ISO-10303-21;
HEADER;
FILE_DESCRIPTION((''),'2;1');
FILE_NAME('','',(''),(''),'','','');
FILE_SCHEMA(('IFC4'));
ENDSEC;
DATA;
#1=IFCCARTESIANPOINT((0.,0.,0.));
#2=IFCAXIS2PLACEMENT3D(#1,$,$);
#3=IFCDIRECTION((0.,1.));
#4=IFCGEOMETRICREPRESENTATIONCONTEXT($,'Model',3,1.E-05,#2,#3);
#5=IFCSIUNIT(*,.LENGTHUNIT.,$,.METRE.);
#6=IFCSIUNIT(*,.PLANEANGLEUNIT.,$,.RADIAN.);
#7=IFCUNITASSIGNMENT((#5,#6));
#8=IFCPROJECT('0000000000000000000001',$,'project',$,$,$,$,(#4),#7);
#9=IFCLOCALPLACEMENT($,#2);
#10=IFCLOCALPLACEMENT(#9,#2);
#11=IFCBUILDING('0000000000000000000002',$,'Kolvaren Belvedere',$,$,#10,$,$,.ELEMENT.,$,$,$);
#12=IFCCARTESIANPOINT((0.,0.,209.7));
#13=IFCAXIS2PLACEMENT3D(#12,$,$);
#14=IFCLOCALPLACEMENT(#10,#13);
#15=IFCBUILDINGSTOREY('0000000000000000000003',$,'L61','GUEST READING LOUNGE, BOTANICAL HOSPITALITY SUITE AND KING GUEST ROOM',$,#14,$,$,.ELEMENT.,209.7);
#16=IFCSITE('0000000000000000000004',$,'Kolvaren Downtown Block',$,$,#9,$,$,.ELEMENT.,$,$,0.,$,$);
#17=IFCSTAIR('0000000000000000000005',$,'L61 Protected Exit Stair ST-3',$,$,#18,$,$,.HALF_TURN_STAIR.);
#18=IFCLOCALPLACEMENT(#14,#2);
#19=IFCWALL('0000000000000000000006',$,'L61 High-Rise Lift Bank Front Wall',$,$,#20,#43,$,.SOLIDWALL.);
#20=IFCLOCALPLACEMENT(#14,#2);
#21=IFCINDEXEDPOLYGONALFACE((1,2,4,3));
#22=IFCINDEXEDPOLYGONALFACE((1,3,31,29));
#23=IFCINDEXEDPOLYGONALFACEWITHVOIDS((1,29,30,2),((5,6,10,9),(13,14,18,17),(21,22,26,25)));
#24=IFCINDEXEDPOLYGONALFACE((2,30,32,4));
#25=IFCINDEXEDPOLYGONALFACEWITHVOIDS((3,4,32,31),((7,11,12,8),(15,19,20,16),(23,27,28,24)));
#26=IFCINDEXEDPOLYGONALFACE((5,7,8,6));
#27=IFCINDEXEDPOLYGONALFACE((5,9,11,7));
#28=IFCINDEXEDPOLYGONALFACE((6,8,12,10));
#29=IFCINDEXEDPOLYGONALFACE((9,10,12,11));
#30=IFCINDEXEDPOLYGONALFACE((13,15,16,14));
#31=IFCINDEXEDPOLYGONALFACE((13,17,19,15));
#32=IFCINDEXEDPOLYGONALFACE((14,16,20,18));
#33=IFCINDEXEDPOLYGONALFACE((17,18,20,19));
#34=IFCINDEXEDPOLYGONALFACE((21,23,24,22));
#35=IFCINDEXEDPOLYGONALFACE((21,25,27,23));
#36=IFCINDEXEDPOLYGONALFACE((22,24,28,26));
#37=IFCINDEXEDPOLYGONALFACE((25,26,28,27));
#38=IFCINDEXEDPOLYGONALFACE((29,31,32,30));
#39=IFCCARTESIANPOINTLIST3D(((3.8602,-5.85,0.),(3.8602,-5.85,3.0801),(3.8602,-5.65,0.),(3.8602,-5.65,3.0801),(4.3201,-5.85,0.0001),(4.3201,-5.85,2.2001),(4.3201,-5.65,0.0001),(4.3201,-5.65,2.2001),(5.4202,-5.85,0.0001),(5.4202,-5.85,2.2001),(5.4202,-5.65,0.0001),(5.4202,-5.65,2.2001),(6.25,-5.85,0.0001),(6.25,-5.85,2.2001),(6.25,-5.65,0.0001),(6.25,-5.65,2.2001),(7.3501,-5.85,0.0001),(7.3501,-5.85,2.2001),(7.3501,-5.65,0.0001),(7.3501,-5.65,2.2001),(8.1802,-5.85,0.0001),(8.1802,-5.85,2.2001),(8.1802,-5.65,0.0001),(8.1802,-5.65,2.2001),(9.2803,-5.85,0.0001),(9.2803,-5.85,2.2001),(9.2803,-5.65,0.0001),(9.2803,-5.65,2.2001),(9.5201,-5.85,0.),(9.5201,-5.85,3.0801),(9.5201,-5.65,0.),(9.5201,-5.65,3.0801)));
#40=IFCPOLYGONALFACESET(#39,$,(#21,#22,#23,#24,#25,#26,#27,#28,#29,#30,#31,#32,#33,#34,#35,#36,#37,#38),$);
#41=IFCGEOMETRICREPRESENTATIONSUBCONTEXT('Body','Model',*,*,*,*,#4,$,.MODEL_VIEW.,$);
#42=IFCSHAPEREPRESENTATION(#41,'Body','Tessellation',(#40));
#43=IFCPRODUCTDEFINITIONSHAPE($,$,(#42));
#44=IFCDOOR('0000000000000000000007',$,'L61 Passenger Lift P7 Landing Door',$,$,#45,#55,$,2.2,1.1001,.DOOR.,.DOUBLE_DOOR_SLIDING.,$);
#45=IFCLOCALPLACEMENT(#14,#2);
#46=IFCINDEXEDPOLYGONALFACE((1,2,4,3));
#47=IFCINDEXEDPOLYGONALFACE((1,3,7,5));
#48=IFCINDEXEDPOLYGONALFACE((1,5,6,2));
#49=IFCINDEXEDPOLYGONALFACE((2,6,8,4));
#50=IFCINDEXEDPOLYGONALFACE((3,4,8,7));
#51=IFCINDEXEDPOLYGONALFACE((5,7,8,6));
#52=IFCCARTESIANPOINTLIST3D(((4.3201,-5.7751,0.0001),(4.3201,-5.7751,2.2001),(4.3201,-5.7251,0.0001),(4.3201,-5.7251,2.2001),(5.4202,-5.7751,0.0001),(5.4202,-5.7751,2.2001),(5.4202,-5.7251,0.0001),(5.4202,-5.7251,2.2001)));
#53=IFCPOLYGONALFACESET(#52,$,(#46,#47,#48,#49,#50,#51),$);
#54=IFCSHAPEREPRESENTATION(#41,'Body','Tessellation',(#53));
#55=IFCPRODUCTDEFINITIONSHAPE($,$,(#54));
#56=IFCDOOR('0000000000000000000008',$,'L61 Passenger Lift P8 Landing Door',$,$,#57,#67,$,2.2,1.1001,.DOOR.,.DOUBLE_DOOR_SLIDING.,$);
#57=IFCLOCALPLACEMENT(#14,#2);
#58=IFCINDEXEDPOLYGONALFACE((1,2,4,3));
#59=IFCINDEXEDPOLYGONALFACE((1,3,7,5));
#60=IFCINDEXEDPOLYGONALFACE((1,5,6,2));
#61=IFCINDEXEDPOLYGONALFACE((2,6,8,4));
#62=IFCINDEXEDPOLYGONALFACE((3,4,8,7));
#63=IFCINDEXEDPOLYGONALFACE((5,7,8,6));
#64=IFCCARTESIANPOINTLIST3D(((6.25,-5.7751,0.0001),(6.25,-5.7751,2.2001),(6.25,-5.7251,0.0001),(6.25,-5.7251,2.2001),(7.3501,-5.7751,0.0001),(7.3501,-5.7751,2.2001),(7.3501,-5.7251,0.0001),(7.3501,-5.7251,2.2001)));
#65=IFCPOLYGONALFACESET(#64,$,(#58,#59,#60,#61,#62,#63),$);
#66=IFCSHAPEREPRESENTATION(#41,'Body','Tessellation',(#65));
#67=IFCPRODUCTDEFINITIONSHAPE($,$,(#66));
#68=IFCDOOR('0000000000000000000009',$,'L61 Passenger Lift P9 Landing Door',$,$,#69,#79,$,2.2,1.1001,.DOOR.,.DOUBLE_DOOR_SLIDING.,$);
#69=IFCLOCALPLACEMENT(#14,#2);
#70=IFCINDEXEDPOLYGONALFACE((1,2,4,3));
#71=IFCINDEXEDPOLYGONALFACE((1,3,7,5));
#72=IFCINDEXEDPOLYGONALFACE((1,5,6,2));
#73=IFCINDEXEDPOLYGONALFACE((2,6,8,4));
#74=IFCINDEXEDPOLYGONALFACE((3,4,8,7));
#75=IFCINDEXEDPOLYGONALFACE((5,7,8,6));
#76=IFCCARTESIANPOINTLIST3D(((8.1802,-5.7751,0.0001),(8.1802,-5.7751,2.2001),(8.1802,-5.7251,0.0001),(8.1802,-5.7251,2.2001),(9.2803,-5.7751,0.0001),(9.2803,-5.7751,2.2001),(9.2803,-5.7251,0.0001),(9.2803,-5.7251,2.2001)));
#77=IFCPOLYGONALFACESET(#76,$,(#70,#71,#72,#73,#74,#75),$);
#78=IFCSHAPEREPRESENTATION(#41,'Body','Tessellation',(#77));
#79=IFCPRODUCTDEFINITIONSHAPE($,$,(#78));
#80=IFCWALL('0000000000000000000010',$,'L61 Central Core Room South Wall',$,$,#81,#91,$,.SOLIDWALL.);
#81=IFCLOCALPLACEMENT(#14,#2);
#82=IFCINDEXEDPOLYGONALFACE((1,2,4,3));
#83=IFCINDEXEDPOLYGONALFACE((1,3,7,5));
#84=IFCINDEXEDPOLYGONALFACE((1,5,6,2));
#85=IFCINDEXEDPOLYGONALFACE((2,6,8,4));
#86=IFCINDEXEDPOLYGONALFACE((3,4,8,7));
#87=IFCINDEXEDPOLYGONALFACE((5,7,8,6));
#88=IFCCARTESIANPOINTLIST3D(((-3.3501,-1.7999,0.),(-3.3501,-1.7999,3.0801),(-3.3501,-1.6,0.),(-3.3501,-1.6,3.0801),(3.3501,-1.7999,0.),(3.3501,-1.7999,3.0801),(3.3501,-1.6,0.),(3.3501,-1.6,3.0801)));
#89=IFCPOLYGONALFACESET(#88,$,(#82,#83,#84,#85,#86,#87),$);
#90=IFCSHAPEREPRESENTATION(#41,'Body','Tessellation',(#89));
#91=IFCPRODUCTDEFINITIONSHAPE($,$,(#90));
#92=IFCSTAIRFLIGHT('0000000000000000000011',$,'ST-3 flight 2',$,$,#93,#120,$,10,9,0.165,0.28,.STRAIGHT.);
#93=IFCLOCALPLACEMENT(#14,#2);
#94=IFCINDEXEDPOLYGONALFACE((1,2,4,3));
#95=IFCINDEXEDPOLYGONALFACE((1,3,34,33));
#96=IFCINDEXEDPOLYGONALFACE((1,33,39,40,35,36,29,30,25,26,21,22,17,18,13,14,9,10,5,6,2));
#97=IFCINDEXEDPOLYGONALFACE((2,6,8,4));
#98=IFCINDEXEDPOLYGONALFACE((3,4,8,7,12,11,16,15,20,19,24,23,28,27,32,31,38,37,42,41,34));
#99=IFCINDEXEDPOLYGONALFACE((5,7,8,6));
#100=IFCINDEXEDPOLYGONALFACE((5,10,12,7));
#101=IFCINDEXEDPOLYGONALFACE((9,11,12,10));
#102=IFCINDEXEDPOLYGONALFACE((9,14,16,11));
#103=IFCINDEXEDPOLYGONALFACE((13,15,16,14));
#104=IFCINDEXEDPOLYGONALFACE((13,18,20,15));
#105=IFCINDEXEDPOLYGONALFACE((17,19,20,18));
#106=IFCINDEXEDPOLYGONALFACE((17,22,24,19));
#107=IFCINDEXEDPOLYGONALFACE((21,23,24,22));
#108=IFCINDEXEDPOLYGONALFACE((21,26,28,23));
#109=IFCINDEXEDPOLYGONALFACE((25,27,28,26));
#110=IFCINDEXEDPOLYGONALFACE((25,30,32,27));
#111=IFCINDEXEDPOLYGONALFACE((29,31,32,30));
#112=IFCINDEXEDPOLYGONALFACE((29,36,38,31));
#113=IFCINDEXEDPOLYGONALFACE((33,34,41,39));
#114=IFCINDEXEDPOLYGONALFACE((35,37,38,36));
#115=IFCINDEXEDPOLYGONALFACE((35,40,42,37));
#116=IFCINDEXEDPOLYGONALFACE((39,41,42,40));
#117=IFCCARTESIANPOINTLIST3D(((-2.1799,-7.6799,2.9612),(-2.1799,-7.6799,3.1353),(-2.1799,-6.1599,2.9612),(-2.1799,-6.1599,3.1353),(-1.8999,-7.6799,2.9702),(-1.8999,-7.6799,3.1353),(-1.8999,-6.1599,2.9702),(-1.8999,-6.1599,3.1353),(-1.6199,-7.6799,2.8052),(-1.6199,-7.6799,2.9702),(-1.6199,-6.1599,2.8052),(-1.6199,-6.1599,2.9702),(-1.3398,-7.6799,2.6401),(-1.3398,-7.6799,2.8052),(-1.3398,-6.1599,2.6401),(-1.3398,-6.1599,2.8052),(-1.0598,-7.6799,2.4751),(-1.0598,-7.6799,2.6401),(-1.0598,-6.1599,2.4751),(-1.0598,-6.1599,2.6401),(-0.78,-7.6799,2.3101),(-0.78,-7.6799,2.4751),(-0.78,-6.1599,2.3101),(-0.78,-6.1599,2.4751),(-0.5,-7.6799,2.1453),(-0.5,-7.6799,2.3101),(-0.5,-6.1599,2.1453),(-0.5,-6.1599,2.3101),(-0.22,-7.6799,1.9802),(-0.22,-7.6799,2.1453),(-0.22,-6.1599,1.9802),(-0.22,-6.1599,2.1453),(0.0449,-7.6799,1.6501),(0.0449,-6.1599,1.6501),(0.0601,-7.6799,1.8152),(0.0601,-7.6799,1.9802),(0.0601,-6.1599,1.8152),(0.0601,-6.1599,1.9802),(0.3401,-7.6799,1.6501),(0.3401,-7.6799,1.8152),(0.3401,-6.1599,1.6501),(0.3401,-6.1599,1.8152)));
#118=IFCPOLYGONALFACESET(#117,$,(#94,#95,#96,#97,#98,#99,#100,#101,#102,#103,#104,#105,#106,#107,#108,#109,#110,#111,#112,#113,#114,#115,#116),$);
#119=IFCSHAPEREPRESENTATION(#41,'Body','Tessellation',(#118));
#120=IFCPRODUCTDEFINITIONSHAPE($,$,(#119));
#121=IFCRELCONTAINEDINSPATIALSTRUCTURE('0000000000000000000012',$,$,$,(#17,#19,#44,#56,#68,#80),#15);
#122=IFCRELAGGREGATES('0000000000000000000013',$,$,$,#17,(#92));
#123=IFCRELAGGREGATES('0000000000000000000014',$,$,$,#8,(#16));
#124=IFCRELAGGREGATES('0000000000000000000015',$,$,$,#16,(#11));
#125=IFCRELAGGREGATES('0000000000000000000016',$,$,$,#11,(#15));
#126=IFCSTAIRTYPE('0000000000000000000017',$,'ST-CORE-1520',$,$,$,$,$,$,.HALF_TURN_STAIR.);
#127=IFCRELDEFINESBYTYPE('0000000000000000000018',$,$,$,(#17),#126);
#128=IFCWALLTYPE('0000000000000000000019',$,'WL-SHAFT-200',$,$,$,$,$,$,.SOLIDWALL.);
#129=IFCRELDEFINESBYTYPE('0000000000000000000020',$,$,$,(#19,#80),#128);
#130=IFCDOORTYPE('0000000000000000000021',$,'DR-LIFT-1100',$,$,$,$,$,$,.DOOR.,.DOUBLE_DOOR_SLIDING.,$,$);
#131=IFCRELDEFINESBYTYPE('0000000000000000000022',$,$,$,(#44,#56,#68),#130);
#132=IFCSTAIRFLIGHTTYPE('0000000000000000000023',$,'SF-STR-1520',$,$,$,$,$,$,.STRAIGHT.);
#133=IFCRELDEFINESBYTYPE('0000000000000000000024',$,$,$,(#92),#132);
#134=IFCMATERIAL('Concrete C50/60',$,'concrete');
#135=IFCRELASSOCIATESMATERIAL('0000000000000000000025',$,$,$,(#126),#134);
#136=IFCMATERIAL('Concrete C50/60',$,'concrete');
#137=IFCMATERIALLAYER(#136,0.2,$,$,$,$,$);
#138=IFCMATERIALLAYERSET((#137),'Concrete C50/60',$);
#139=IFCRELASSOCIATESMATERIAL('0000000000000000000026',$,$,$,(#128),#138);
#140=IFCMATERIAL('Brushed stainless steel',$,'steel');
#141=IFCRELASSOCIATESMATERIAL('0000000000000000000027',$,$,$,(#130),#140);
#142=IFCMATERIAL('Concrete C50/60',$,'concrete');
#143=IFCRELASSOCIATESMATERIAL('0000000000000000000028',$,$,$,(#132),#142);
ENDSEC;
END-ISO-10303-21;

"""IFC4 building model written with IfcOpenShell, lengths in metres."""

from ifc_helpers import new_model, si_unit, direction, frame, frame_2d, origin, place, context, subcontext, project, spatial, polyline, rectangle, outline, extrude, material, layer, layer_set, type_object, element, fill, aggregate, save


model = new_model("IFC4")

# Units and contexts
model_context = context("Model", 3, precision=1e-05, world=origin(), true_north=direction((0.0, 1.0)))
body_context = subcontext(model_context, "Body", "Model", "MODEL_VIEW")
ifc_project = project(units=[si_unit("LENGTHUNIT", "METRE"), si_unit("PLANEANGLEUNIT", "RADIAN")], contexts=[model_context])

# Site, building, storey
site_placement = place(None, origin())
site = spatial("IfcSite", under=ifc_project, at=site_placement, Name="Kolvaren Downtown Block", CompositionType="ELEMENT", RefElevation=0.0)
building_placement = place(site_placement, origin())
building = spatial("IfcBuilding", under=site, at=building_placement, Name="Kolvaren Belvedere", CompositionType="ELEMENT")
storey_placement = place(building_placement, frame((0.0, 0.0, 209.7)))
storey = spatial("IfcBuildingStorey", under=building, at=storey_placement, Name="L61", Description="GUEST READING LOUNGE, BOTANICAL HOSPITALITY SUITE AND KING GUEST ROOM", CompositionType="ELEMENT", Elevation=209.7)

# Stair
ifc_material_1 = material(Name="Concrete C50/60", Category="concrete")
stair_type = type_object("IfcStairType", Name="ST-CORE-1520", PredefinedType="HALF_TURN_STAIR", material=ifc_material_1)
stair_1_placement = place(storey_placement, origin())
stair_1 = element("IfcStair", 1, at=stair_1_placement, inside=storey, type_object=stair_type, Name="L61 Protected Exit Stair ST-3", PredefinedType="HALF_TURN_STAIR")

# Shared definitions
ifc_material_2 = material(Name="Concrete C50/60", Category="concrete")
ifc_layer_1 = layer(ifc_material_2, 0.2)
ifc_layer_set_1 = layer_set([ifc_layer_1], Name="Concrete C50/60")
wall_type_1 = type_object("IfcWallType", Name="WL-SHAFT-200", PredefinedType="SOLIDWALL", material=ifc_layer_set_1)

# Wall, openings, doors
wall_1_placement = place(storey_placement, frame((3.8601, -5.75, 0.0), z_axis=(0.0, 0.0, 1.0), x_axis=(1.0, 0.0, 0.0)))
wall_1 = element("IfcWall", 2, at=wall_1_placement, inside=storey, type_object=wall_type_1, Name="L61 High-Rise Lift Bank Front Wall", PredefinedType="SOLIDWALL", context=body_context, shape_type="SweptSolid", body=[
    extrude(rectangle(XDim=5.6599, YDim=0.2, at=frame_2d((2.8301, 0.0))), origin(), (0.0, 0.0, 1.0), 3.0801),
])
opening_1_placement = place(wall_1_placement, frame((0.46, 0.0, 0.0)))
opening_1 = element("IfcOpeningElement", 3, at=opening_1_placement, cuts=wall_1, PredefinedType="OPENING", context=body_context, shape_type="SweptSolid", body=[
    extrude(rectangle(XDim=1.1001, YDim=2.2, at=frame_2d((0.55, 1.1001))), frame((0.0, 0.1099, 0.0), z_axis=(0.0, -1.0, 0.0), x_axis=(1.0, 0.0, 0.0)), (0.0, 0.0, 1.0), 0.22),
])
opening_2_placement = place(wall_1_placement, frame((2.3899, 0.0, 0.0)))
opening_2 = element("IfcOpeningElement", 4, at=opening_2_placement, cuts=wall_1, PredefinedType="OPENING", context=body_context, shape_type="SweptSolid", body=[
    extrude(rectangle(XDim=1.1001, YDim=2.2, at=frame_2d((0.55, 1.1001))), frame((0.0, 0.1099, 0.0), z_axis=(0.0, -1.0, 0.0), x_axis=(1.0, 0.0, 0.0)), (0.0, 0.0, 1.0), 0.22),
])
opening_3_placement = place(wall_1_placement, frame((4.3201, 0.0, 0.0)))
opening_3 = element("IfcOpeningElement", 5, at=opening_3_placement, cuts=wall_1, PredefinedType="OPENING", context=body_context, shape_type="SweptSolid", body=[
    extrude(rectangle(XDim=1.1001, YDim=2.2, at=frame_2d((0.55, 1.1001))), frame((0.0, 0.1099, 0.0), z_axis=(0.0, -1.0, 0.0), x_axis=(1.0, 0.0, 0.0)), (0.0, 0.0, 1.0), 0.22),
])
ifc_material_3 = material(Name="Brushed stainless steel", Category="steel")
door_type_1 = type_object("IfcDoorType", Name="DR-LIFT-1100", OperationType="DOUBLE_DOOR_SLIDING", PredefinedType="DOOR", material=ifc_material_3)
door_1_placement = place(opening_1_placement, origin())
door_1 = element("IfcDoor", 6, at=door_1_placement, inside=storey, type_object=door_type_1, Name="L61 Passenger Lift P7 Landing Door", OperationType="DOUBLE_DOOR_SLIDING", OverallHeight=2.2, OverallWidth=1.1001, PredefinedType="DOOR", context=body_context, shape_type="SweptSolid", body=[
    extrude(rectangle(XDim=1.1001, YDim=2.2, at=frame_2d((0.55, 1.1001))), frame((0.0, 0.0249, 0.0), z_axis=(0.0, -1.0, 0.0), x_axis=(1.0, 0.0, 0.0)), (0.0, 0.0, 1.0), 0.05),
])
fill(opening_1, door_1)
door_2_placement = place(opening_2_placement, origin())
door_2 = element("IfcDoor", 7, at=door_2_placement, inside=storey, type_object=door_type_1, Name="L61 Passenger Lift P8 Landing Door", OperationType="DOUBLE_DOOR_SLIDING", OverallHeight=2.2, OverallWidth=1.1001, PredefinedType="DOOR", context=body_context, shape_type="SweptSolid", body=[
    extrude(rectangle(XDim=1.1001, YDim=2.2, at=frame_2d((0.55, 1.1001))), frame((0.0, 0.0249, 0.0), z_axis=(0.0, -1.0, 0.0), x_axis=(1.0, 0.0, 0.0)), (0.0, 0.0, 1.0), 0.05),
])
fill(opening_2, door_2)
door_3_placement = place(opening_3_placement, origin())
door_3 = element("IfcDoor", 8, at=door_3_placement, inside=storey, type_object=door_type_1, Name="L61 Passenger Lift P9 Landing Door", OperationType="DOUBLE_DOOR_SLIDING", OverallHeight=2.2, OverallWidth=1.1001, PredefinedType="DOOR", context=body_context, shape_type="SweptSolid", body=[
    extrude(rectangle(XDim=1.1001, YDim=2.2, at=frame_2d((0.55, 1.1001))), frame((0.0, 0.0249, 0.0), z_axis=(0.0, -1.0, 0.0), x_axis=(1.0, 0.0, 0.0)), (0.0, 0.0, 1.0), 0.05),
])
fill(opening_3, door_3)

# Wall
wall_2_placement = place(storey_placement, frame((-3.3501, -1.7, 0.0), z_axis=(0.0, 0.0, 1.0), x_axis=(1.0, 0.0, 0.0)))
element("IfcWall", 9, at=wall_2_placement, inside=storey, type_object=wall_type_1, Name="L61 Central Core Room South Wall", PredefinedType="SOLIDWALL", context=body_context, shape_type="SweptSolid", body=[
    extrude(rectangle(XDim=6.7002, YDim=0.2, at=frame_2d((3.3501, 0.0))), origin(), (0.0, 0.0, 1.0), 3.0801),
])

# Stair flight
ifc_material_4 = material(Name="Concrete C50/60", Category="concrete")
stair_flight_type = type_object("IfcStairFlightType", Name="SF-STR-1520", PredefinedType="STRAIGHT", material=ifc_material_4)
stair_flight_placement = place(storey_placement, frame((0.3401, -6.9199, 1.6501), z_axis=(0.0, 0.0, 1.0), x_axis=(-1.0, 0.0, 0.0)))
stair_flight = element("IfcStairFlight", 10, at=stair_flight_placement, type_object=stair_flight_type, Name="ST-3 flight 2", NumberOfRisers=10, NumberOfTreads=9, PredefinedType="STRAIGHT", RiserHeight=0.165, TreadLength=0.28, context=body_context, shape_type="SweptSolid", body=[
    extrude(outline(polyline([(0.0, 0.0), (0.0, 0.165), (0.28, 0.165), (0.28, 0.3301), (0.5601, 0.3301), (0.5601, 0.4951), (0.8401, 0.4951), (0.8401, 0.6599), (1.1201, 0.6599), (1.1201, 0.825), (1.3999, 0.825), (1.3999, 0.99), (1.6799, 0.99), (1.6799, 1.155), (1.96, 1.155), (1.96, 1.3201), (2.24, 1.3201), (2.24, 1.4851), (2.52, 1.4851), (2.52, 1.6499), (2.52, 1.311), (0.2952, 0.0), (0.0, 0.0)])), frame((0.0, 0.76, 0.0), z_axis=(0.0, -1.0, 0.0), x_axis=(1.0, 0.0, 0.0)), (0.0, 0.0, 1.0), 1.52),
])
aggregate(stair_1, [stair_flight])

save(model, "model.ifc")
